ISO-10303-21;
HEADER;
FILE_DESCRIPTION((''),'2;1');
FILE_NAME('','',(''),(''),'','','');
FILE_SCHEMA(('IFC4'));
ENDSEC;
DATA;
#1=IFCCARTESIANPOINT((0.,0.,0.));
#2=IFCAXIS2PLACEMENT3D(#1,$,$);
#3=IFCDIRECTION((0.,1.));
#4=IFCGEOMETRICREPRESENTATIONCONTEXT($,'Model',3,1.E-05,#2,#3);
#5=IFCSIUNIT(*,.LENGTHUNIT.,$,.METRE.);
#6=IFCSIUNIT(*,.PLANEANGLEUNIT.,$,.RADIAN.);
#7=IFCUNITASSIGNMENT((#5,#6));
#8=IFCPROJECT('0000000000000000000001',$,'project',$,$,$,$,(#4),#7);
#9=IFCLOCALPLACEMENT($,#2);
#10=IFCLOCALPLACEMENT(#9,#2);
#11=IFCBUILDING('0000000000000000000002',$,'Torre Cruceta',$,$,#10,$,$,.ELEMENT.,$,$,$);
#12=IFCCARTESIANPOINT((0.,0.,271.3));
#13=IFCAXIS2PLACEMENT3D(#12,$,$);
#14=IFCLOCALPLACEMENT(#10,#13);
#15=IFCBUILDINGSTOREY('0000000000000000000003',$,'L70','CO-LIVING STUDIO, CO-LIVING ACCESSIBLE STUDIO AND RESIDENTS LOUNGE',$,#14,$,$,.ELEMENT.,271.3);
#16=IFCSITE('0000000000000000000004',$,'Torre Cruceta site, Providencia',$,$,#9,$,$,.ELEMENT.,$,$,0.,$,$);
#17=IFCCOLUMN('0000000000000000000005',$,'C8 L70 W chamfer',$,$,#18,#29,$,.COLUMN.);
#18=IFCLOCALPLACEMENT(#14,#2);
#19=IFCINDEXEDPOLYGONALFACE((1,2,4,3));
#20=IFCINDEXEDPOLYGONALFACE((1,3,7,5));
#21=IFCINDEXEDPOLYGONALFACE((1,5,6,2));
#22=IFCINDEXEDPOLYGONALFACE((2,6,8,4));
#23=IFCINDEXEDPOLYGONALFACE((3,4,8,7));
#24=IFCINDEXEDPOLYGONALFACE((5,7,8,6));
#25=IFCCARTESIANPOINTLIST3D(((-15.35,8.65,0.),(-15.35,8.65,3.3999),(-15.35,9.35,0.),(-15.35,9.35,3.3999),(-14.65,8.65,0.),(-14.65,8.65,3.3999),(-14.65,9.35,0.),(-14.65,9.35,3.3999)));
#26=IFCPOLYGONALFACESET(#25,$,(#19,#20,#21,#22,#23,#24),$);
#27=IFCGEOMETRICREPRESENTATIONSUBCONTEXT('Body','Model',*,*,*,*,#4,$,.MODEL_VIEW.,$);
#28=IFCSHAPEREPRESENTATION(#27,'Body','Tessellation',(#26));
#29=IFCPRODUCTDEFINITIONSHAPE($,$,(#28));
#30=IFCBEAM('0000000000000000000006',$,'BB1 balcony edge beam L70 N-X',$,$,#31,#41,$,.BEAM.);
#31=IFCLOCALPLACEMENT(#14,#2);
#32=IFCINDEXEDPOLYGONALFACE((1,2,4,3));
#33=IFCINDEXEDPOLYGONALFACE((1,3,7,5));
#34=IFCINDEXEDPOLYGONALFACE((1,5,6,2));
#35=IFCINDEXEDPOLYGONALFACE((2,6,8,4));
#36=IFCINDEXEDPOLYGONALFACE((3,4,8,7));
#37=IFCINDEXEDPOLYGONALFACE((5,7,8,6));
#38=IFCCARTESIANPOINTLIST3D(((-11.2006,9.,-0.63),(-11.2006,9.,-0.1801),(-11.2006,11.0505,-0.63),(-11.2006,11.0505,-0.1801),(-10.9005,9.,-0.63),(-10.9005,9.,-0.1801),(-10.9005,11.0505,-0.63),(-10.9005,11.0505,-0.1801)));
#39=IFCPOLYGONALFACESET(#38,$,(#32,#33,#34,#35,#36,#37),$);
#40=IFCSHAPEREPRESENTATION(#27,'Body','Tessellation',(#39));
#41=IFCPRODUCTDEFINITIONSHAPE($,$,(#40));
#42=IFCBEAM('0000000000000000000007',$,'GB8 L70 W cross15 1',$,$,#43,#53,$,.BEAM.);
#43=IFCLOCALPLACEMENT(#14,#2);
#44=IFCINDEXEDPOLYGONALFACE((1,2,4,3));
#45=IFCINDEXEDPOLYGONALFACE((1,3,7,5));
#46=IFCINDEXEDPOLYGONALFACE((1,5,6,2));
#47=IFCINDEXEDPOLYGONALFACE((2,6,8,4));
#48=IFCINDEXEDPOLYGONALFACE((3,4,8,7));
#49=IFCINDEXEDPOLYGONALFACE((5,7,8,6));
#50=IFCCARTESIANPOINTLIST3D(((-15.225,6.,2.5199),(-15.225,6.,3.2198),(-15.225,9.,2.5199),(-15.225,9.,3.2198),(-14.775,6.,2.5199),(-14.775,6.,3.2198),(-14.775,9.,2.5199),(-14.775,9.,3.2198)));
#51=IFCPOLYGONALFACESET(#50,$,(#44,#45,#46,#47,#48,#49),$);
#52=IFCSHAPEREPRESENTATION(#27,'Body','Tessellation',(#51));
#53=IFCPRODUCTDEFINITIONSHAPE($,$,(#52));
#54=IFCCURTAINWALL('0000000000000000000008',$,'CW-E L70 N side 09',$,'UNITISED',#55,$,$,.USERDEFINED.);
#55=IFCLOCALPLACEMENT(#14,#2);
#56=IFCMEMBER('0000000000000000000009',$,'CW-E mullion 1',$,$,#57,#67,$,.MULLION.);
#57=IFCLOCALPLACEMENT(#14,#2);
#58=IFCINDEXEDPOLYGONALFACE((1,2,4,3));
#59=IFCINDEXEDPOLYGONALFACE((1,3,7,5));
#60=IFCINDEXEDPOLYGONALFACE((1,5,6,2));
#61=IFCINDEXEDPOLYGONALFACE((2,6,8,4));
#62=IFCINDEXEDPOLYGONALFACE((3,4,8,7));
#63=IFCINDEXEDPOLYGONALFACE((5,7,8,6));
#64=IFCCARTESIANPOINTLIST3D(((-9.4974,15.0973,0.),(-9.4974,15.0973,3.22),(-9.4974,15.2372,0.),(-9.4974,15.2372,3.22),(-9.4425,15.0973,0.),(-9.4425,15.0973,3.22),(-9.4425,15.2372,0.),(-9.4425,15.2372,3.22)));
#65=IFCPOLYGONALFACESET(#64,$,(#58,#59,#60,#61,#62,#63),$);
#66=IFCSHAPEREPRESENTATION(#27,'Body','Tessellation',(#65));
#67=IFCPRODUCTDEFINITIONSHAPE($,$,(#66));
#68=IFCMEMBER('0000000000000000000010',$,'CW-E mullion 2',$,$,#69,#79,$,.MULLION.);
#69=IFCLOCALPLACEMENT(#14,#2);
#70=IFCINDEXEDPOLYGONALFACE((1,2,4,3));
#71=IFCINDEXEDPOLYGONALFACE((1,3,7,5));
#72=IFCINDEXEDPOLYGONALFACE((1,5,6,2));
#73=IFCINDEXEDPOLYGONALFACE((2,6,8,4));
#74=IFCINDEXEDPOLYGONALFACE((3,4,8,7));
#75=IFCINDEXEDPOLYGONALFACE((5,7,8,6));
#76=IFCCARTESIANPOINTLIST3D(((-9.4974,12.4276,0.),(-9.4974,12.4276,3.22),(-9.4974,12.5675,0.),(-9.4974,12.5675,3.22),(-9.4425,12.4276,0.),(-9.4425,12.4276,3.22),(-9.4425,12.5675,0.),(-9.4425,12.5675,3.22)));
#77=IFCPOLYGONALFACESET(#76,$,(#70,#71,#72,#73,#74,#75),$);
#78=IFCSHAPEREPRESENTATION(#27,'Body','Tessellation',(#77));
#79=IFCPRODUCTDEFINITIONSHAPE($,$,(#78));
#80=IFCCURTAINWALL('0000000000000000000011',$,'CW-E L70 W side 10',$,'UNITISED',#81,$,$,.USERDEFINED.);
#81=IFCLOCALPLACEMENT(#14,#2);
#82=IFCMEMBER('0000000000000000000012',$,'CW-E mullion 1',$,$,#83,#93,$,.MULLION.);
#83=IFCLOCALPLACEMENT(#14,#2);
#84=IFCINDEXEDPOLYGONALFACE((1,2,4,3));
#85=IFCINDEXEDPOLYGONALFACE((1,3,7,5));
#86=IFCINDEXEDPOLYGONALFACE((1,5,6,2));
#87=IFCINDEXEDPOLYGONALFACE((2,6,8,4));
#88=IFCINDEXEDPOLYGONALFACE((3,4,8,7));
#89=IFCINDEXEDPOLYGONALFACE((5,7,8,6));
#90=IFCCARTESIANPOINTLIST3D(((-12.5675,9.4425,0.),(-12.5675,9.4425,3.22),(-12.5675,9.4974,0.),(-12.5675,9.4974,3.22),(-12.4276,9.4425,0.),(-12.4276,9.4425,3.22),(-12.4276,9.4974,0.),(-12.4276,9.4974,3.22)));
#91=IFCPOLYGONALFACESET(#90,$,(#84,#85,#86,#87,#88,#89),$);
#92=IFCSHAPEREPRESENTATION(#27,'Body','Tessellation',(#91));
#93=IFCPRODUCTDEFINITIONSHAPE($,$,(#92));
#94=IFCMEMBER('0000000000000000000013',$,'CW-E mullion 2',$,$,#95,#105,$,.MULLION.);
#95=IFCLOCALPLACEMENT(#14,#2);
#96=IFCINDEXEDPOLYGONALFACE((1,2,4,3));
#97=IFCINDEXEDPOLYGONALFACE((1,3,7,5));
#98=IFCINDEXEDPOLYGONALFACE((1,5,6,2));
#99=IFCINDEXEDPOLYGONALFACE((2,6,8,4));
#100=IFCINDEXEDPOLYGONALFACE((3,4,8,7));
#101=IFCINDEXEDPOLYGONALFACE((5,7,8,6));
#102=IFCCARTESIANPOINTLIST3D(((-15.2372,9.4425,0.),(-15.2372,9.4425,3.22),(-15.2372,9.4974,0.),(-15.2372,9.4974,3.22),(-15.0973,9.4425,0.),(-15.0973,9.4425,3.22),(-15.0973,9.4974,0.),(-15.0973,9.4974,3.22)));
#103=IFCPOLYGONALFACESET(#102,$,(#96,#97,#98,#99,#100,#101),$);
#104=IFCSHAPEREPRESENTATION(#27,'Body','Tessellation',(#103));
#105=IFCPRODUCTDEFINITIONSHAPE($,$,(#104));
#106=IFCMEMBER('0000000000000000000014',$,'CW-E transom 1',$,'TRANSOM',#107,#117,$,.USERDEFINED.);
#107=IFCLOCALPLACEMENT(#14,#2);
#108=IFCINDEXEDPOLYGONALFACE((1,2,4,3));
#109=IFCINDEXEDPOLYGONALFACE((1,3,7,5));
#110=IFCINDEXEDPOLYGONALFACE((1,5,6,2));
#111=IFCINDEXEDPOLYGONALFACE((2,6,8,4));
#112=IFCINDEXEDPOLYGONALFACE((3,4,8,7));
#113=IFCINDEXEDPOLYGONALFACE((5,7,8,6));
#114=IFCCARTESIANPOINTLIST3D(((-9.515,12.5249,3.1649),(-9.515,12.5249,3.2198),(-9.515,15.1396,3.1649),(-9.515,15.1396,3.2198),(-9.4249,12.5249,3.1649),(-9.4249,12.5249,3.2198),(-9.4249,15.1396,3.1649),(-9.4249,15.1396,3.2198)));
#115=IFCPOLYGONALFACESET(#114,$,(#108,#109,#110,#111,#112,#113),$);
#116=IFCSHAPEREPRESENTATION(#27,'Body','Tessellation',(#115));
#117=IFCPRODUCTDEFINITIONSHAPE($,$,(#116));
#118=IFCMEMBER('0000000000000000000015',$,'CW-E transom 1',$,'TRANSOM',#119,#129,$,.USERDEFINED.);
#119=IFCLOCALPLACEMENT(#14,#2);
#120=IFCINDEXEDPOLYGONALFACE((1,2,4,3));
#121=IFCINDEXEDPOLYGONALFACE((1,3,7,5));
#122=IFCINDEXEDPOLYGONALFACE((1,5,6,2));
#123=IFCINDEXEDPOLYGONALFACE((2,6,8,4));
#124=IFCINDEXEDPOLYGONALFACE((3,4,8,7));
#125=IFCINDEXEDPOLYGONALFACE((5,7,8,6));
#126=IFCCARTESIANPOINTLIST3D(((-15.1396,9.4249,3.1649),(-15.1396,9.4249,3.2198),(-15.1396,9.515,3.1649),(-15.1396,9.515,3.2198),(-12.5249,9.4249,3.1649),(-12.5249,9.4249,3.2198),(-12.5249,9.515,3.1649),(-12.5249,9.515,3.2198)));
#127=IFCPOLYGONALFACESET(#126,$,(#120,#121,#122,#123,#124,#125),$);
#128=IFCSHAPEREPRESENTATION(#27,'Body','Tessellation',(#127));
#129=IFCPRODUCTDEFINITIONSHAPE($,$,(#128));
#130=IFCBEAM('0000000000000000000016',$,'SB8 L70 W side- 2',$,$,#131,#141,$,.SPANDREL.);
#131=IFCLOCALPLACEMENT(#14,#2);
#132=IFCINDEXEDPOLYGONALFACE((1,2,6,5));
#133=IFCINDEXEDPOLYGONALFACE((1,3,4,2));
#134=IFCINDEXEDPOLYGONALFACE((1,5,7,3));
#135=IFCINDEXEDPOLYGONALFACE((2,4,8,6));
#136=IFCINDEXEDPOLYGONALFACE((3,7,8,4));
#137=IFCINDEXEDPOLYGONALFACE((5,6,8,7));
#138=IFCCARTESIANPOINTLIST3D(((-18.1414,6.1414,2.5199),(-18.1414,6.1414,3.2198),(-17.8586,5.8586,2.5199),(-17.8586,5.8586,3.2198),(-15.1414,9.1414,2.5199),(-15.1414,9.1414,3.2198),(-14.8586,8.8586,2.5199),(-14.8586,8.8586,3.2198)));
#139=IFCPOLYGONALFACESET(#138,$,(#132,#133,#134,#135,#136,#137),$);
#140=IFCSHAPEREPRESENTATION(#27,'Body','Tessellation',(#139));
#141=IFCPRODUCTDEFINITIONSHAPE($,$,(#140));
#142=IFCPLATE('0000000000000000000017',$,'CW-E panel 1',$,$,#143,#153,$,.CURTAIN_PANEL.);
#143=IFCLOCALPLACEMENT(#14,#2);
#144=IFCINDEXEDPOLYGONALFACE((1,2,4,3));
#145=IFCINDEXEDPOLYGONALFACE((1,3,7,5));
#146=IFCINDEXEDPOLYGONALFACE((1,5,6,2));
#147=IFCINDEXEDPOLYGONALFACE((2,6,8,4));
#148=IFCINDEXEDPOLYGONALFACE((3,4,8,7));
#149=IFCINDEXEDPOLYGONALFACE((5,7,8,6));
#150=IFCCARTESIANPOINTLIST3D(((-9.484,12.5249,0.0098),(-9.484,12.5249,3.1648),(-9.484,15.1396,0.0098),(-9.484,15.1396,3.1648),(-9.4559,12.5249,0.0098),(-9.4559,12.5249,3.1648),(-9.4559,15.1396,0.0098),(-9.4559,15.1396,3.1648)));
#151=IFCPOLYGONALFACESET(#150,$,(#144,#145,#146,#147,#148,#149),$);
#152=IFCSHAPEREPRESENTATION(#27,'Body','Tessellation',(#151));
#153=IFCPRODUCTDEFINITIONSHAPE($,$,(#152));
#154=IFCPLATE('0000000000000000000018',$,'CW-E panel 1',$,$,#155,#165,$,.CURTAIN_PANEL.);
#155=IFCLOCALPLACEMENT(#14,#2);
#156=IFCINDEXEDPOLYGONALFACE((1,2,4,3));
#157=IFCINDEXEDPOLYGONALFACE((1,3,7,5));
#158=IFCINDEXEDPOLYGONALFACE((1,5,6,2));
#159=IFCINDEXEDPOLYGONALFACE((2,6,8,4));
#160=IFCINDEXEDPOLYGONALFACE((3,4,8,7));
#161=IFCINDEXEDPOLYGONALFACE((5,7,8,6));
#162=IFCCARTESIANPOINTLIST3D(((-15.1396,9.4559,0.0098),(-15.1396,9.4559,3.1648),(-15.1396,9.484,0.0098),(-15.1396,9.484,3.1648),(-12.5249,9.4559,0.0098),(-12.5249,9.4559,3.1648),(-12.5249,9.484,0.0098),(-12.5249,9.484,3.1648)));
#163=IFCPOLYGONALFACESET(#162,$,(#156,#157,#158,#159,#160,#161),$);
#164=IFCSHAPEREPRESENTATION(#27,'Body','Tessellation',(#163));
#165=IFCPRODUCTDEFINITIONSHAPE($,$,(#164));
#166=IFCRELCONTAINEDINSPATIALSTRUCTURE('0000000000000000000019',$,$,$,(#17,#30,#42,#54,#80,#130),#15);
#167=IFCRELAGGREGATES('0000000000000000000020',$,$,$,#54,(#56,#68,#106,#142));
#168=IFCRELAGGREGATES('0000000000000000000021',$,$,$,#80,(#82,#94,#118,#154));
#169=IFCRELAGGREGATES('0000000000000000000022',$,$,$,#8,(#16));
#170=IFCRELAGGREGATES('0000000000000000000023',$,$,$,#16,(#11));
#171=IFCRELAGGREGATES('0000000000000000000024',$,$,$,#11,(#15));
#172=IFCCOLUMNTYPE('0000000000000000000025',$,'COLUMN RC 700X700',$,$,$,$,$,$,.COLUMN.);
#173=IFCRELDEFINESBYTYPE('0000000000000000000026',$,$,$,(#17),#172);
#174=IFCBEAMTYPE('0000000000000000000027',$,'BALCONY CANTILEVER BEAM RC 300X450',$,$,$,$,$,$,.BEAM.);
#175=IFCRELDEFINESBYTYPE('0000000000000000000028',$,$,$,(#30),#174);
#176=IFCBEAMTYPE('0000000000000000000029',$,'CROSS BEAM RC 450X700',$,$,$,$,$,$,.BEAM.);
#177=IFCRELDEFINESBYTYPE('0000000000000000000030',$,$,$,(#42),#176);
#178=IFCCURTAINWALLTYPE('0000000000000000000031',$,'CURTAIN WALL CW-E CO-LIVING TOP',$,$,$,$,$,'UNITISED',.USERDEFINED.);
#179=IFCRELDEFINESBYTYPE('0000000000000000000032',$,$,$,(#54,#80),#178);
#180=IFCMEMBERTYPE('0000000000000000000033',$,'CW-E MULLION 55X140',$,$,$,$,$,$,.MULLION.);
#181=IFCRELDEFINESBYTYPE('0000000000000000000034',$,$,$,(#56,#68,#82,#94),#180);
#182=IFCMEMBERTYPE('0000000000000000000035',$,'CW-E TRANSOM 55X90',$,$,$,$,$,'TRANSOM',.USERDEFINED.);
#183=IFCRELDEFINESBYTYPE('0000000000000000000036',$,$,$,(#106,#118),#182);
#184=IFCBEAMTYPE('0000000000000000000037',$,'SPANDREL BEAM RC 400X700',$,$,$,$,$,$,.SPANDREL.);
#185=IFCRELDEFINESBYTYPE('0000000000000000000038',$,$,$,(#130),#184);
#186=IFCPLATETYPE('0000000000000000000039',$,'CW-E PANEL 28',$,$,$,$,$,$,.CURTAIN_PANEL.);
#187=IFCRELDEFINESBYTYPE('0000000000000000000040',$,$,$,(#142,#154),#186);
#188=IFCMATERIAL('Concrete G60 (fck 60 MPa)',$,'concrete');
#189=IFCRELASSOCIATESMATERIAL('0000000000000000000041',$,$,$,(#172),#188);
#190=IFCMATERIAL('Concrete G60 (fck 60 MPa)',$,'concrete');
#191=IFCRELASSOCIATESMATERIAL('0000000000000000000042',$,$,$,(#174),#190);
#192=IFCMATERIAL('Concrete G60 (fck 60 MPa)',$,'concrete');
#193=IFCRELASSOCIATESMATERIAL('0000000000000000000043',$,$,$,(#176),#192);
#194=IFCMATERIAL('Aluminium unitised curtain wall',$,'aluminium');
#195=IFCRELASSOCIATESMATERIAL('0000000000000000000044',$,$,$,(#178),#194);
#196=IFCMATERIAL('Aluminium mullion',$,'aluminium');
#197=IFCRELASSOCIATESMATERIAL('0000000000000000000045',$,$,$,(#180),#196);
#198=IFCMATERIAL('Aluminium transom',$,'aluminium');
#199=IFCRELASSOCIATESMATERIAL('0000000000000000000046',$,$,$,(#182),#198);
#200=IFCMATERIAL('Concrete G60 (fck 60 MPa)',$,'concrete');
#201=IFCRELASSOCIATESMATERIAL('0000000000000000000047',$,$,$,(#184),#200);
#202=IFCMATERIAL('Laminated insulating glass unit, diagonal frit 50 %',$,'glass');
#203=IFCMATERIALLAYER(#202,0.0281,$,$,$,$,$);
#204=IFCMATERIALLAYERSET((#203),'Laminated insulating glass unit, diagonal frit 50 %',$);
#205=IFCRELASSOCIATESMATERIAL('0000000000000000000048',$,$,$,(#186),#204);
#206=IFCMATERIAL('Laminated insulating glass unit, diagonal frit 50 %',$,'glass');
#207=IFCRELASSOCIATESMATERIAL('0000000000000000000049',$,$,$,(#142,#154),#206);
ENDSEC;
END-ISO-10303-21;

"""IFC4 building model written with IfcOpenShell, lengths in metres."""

from ifc_helpers import new_model, si_unit, direction, frame, origin, origin_2d, place, context, subcontext, project, spatial, rectangle, extrude, material, layer, layer_set, material_profile, profile_set, type_object, element, aggregate, save


model = new_model("IFC4")

# Units and contexts
model_context = context("Model", 3, precision=1e-05, world=origin(), true_north=direction((0.0, 1.0)))
body_context = subcontext(model_context, "Body", "Model", "MODEL_VIEW")
ifc_project = project(units=[si_unit("LENGTHUNIT", "METRE"), si_unit("PLANEANGLEUNIT", "RADIAN")], contexts=[model_context])

# Site, building, storey
site_placement = place(None, origin())
site = spatial("IfcSite", under=ifc_project, at=site_placement, Name="Torre Cruceta site, Providencia", CompositionType="ELEMENT", RefElevation=0.0)
building_placement = place(site_placement, origin())
building = spatial("IfcBuilding", under=site, at=building_placement, Name="Torre Cruceta", CompositionType="ELEMENT")
storey_placement = place(building_placement, frame((0.0, 0.0, 271.3)))
storey = spatial("IfcBuildingStorey", under=building, at=storey_placement, Name="L70", Description="CO-LIVING STUDIO, CO-LIVING ACCESSIBLE STUDIO AND RESIDENTS LOUNGE", CompositionType="ELEMENT", Elevation=271.3)

# Column
ifc_material_1 = material(Name="Concrete G60 (fck 60 MPa)", Category="concrete")
ifc_material_profile_1 = material_profile(ifc_material_1, rectangle(XDim=0.7, YDim=0.7, at=origin_2d()), Name="RC 700X700")
ifc_profile_set_1 = profile_set([ifc_material_profile_1], Name="Concrete G60 (fck 60 MPa)")
column_type = type_object("IfcColumnType", Name="COLUMN RC 700X700", PredefinedType="COLUMN", material=ifc_profile_set_1)
column_placement = place(storey_placement, frame((-15.0, 9.0, 0.0), z_axis=(0.0, 0.0, 1.0), x_axis=(1.0, 0.0, 0.0)))
element("IfcColumn", 1, at=column_placement, inside=storey, type_object=column_type, Name="C8 L70 W chamfer", PredefinedType="COLUMN", context=body_context, shape_type="SweptSolid", body=[
    extrude(rectangle(XDim=0.7, YDim=0.7, at=origin_2d()), origin(), (0.0, 0.0, 1.0), 3.3999),
])

# Beams
ifc_material_2 = material(Name="Concrete G60 (fck 60 MPa)", Category="concrete")
ifc_material_profile_2 = material_profile(ifc_material_2, rectangle(XDim=0.3, YDim=0.45, at=origin_2d()), Name="RC 300X450")
ifc_profile_set_2 = profile_set([ifc_material_profile_2], Name="Concrete G60 (fck 60 MPa)")
beam_type_1 = type_object("IfcBeamType", Name="BALCONY CANTILEVER BEAM RC 300X450", PredefinedType="BEAM", material=ifc_profile_set_2)
beam_1_placement = place(storey_placement, frame((-11.0505, 9.0, -0.405), z_axis=(0.0, 1.0, 0.0), x_axis=(-1.0, 0.0, 0.0)))
element("IfcBeam", 2, at=beam_1_placement, inside=storey, type_object=beam_type_1, Name="BB1 balcony edge beam L70 N-X", PredefinedType="BEAM", context=body_context, shape_type="SweptSolid", body=[
    extrude(rectangle(XDim=0.3, YDim=0.45, at=origin_2d()), origin(), (0.0, 0.0, 1.0), 2.0505),
])
ifc_material_3 = material(Name="Concrete G60 (fck 60 MPa)", Category="concrete")
ifc_material_profile_3 = material_profile(ifc_material_3, rectangle(XDim=0.45, YDim=0.7, at=origin_2d()), Name="RC 450X700")
ifc_profile_set_3 = profile_set([ifc_material_profile_3], Name="Concrete G60 (fck 60 MPa)")
beam_type_2 = type_object("IfcBeamType", Name="CROSS BEAM RC 450X700", PredefinedType="BEAM", material=ifc_profile_set_3)
beam_2_placement = place(storey_placement, frame((-15.0, 9.0, 2.8699), z_axis=(0.0, -1.0, 0.0), x_axis=(1.0, 0.0, 0.0)))
element("IfcBeam", 3, at=beam_2_placement, inside=storey, type_object=beam_type_2, Name="GB8 L70 W cross15 1", PredefinedType="BEAM", context=body_context, shape_type="SweptSolid", body=[
    extrude(rectangle(XDim=0.45, YDim=0.7, at=origin_2d()), origin(), (0.0, 0.0, 1.0), 3.0),
])

# Curtain walls, members
ifc_material_4 = material(Name="Aluminium unitised curtain wall", Category="aluminium")
curtain_wall_type = type_object("IfcCurtainWallType", Name="CURTAIN WALL CW-E CO-LIVING TOP", ElementType="UNITISED", PredefinedType="USERDEFINED", material=ifc_material_4)
curtain_wall_1_placement = place(storey_placement, origin())
curtain_wall_1 = element("IfcCurtainWall", 4, at=curtain_wall_1_placement, inside=storey, type_object=curtain_wall_type, Name="CW-E L70 N side 09", ObjectType="UNITISED", PredefinedType="USERDEFINED")
ifc_material_5 = material(Name="Aluminium mullion", Category="aluminium")
ifc_material_profile_4 = material_profile(ifc_material_5, rectangle(XDim=0.0549, YDim=0.1399, at=origin_2d()), Name="AL 55X140")
ifc_profile_set_4 = profile_set([ifc_material_profile_4], Name="Aluminium mullion")
member_type_1 = type_object("IfcMemberType", Name="CW-E MULLION 55X140", PredefinedType="MULLION", material=ifc_profile_set_4)
member_1_placement = place(storey_placement, frame((-9.47, 15.1672, 0.0), z_axis=(0.0, 0.0, 1.0), x_axis=(1.0, 0.0, 0.0)))
member_1 = element("IfcMember", 5, at=member_1_placement, type_object=member_type_1, Name="CW-E mullion 1", PredefinedType="MULLION", context=body_context, shape_type="SweptSolid", body=[
    extrude(rectangle(XDim=0.0549, YDim=0.1399, at=origin_2d()), origin(), (0.0, 0.0, 1.0), 3.22),
])
member_2_placement = place(storey_placement, frame((-9.47, 12.4976, 0.0), z_axis=(0.0, 0.0, 1.0), x_axis=(1.0, 0.0, 0.0)))
member_2 = element("IfcMember", 6, at=member_2_placement, type_object=member_type_1, Name="CW-E mullion 2", PredefinedType="MULLION", context=body_context, shape_type="SweptSolid", body=[
    extrude(rectangle(XDim=0.0549, YDim=0.1399, at=origin_2d()), origin(), (0.0, 0.0, 1.0), 3.22),
])
curtain_wall_2_placement = place(storey_placement, origin())
curtain_wall_2 = element("IfcCurtainWall", 7, at=curtain_wall_2_placement, inside=storey, type_object=curtain_wall_type, Name="CW-E L70 W side 10", ObjectType="UNITISED", PredefinedType="USERDEFINED")
member_3_placement = place(storey_placement, frame((-12.4976, 9.47, 0.0), z_axis=(0.0, 0.0, 1.0), x_axis=(0.0, -1.0, 0.0)))
member_3 = element("IfcMember", 8, at=member_3_placement, type_object=member_type_1, Name="CW-E mullion 1", PredefinedType="MULLION", context=body_context, shape_type="SweptSolid", body=[
    extrude(rectangle(XDim=0.0549, YDim=0.1399, at=origin_2d()), origin(), (0.0, 0.0, 1.0), 3.22),
])
member_4_placement = place(storey_placement, frame((-15.1672, 9.47, 0.0), z_axis=(0.0, 0.0, 1.0), x_axis=(0.0, -1.0, 0.0)))
member_4 = element("IfcMember", 9, at=member_4_placement, type_object=member_type_1, Name="CW-E mullion 2", PredefinedType="MULLION", context=body_context, shape_type="SweptSolid", body=[
    extrude(rectangle(XDim=0.0549, YDim=0.1399, at=origin_2d()), origin(), (0.0, 0.0, 1.0), 3.22),
])

# Members
ifc_material_6 = material(Name="Aluminium transom", Category="aluminium")
ifc_material_profile_5 = material_profile(ifc_material_6, rectangle(XDim=0.0901, YDim=0.0549, at=origin_2d()), Name="AL 90X55")
ifc_profile_set_5 = profile_set([ifc_material_profile_5], Name="Aluminium transom")
member_type_2 = type_object("IfcMemberType", Name="CW-E TRANSOM 55X90", ElementType="TRANSOM", PredefinedType="USERDEFINED", material=ifc_profile_set_5)
member_5_placement = place(storey_placement, frame((-9.47, 15.1396, 3.1924), z_axis=(0.0, -1.0, 0.0), x_axis=(1.0, 0.0, 0.0)))
member_5 = element("IfcMember", 10, at=member_5_placement, type_object=member_type_2, Name="CW-E transom 1", ObjectType="TRANSOM", PredefinedType="USERDEFINED", context=body_context, shape_type="SweptSolid", body=[
    extrude(rectangle(XDim=0.0901, YDim=0.0549, at=origin_2d()), origin(), (0.0, 0.0, 1.0), 2.6147),
])
member_6_placement = place(storey_placement, frame((-12.5249, 9.47, 3.1924), z_axis=(-1.0, 0.0, 0.0), x_axis=(0.0, -1.0, 0.0)))
member_6 = element("IfcMember", 11, at=member_6_placement, type_object=member_type_2, Name="CW-E transom 1", ObjectType="TRANSOM", PredefinedType="USERDEFINED", context=body_context, shape_type="SweptSolid", body=[
    extrude(rectangle(XDim=0.0901, YDim=0.0549, at=origin_2d()), origin(), (0.0, 0.0, 1.0), 2.6147),
])

# Beam
ifc_material_7 = material(Name="Concrete G60 (fck 60 MPa)", Category="concrete")
ifc_material_profile_6 = material_profile(ifc_material_7, rectangle(XDim=0.3999, YDim=0.7, at=origin_2d()), Name="RC 400X700")
ifc_profile_set_6 = profile_set([ifc_material_profile_6], Name="Concrete G60 (fck 60 MPa)")
beam_type_3 = type_object("IfcBeamType", Name="SPANDREL BEAM RC 400X700", PredefinedType="SPANDREL", material=ifc_profile_set_6)
beam_3_placement = place(storey_placement, frame((-15.0, 9.0, 2.8699), z_axis=(-0.707107, -0.707107, 0.0), x_axis=(0.707107, -0.707107, 0.0)))
element("IfcBeam", 12, at=beam_3_placement, inside=storey, type_object=beam_type_3, Name="SB8 L70 W side- 2", PredefinedType="SPANDREL", context=body_context, shape_type="SweptSolid", body=[
    extrude(rectangle(XDim=0.3999, YDim=0.7, at=origin_2d()), origin(), (0.0, 0.0, 1.0), 4.2427),
])

# Plates
ifc_material_8 = material(Name="Laminated insulating glass unit, diagonal frit 50 %", Category="glass")
ifc_material_9 = material(Name="Laminated insulating glass unit, diagonal frit 50 %", Category="glass")
ifc_layer_1 = layer(ifc_material_9, 0.0281)
ifc_layer_set_1 = layer_set([ifc_layer_1], Name="Laminated insulating glass unit, diagonal frit 50 %")
plate_type = type_object("IfcPlateType", Name="CW-E PANEL 28", PredefinedType="CURTAIN_PANEL", material=ifc_layer_set_1)
plate_1_placement = place(storey_placement, frame((-9.47, 13.8323, 0.0098), z_axis=(0.0, 0.0, 1.0), x_axis=(0.0, -1.0, 0.0)))
plate_1 = element("IfcPlate", 13, at=plate_1_placement, type_object=plate_type, material=ifc_material_8, Name="CW-E panel 1", PredefinedType="CURTAIN_PANEL", context=body_context, shape_type="SweptSolid", body=[
    extrude(rectangle(XDim=2.6147, YDim=0.0281, at=origin_2d()), origin(), (0.0, 0.0, 1.0), 3.155),
])
aggregate(curtain_wall_1, [member_1, member_2, member_5, plate_1])
plate_2_placement = place(storey_placement, frame((-13.8323, 9.47, 0.0098), z_axis=(0.0, 0.0, 1.0), x_axis=(-1.0, 0.0, 0.0)))
plate_2 = element("IfcPlate", 14, at=plate_2_placement, type_object=plate_type, material=ifc_material_8, Name="CW-E panel 1", PredefinedType="CURTAIN_PANEL", context=body_context, shape_type="SweptSolid", body=[
    extrude(rectangle(XDim=2.6147, YDim=0.0281, at=origin_2d()), origin(), (0.0, 0.0, 1.0), 3.155),
])
aggregate(curtain_wall_2, [member_3, member_4, member_6, plate_2])

save(model, "model.ifc")
